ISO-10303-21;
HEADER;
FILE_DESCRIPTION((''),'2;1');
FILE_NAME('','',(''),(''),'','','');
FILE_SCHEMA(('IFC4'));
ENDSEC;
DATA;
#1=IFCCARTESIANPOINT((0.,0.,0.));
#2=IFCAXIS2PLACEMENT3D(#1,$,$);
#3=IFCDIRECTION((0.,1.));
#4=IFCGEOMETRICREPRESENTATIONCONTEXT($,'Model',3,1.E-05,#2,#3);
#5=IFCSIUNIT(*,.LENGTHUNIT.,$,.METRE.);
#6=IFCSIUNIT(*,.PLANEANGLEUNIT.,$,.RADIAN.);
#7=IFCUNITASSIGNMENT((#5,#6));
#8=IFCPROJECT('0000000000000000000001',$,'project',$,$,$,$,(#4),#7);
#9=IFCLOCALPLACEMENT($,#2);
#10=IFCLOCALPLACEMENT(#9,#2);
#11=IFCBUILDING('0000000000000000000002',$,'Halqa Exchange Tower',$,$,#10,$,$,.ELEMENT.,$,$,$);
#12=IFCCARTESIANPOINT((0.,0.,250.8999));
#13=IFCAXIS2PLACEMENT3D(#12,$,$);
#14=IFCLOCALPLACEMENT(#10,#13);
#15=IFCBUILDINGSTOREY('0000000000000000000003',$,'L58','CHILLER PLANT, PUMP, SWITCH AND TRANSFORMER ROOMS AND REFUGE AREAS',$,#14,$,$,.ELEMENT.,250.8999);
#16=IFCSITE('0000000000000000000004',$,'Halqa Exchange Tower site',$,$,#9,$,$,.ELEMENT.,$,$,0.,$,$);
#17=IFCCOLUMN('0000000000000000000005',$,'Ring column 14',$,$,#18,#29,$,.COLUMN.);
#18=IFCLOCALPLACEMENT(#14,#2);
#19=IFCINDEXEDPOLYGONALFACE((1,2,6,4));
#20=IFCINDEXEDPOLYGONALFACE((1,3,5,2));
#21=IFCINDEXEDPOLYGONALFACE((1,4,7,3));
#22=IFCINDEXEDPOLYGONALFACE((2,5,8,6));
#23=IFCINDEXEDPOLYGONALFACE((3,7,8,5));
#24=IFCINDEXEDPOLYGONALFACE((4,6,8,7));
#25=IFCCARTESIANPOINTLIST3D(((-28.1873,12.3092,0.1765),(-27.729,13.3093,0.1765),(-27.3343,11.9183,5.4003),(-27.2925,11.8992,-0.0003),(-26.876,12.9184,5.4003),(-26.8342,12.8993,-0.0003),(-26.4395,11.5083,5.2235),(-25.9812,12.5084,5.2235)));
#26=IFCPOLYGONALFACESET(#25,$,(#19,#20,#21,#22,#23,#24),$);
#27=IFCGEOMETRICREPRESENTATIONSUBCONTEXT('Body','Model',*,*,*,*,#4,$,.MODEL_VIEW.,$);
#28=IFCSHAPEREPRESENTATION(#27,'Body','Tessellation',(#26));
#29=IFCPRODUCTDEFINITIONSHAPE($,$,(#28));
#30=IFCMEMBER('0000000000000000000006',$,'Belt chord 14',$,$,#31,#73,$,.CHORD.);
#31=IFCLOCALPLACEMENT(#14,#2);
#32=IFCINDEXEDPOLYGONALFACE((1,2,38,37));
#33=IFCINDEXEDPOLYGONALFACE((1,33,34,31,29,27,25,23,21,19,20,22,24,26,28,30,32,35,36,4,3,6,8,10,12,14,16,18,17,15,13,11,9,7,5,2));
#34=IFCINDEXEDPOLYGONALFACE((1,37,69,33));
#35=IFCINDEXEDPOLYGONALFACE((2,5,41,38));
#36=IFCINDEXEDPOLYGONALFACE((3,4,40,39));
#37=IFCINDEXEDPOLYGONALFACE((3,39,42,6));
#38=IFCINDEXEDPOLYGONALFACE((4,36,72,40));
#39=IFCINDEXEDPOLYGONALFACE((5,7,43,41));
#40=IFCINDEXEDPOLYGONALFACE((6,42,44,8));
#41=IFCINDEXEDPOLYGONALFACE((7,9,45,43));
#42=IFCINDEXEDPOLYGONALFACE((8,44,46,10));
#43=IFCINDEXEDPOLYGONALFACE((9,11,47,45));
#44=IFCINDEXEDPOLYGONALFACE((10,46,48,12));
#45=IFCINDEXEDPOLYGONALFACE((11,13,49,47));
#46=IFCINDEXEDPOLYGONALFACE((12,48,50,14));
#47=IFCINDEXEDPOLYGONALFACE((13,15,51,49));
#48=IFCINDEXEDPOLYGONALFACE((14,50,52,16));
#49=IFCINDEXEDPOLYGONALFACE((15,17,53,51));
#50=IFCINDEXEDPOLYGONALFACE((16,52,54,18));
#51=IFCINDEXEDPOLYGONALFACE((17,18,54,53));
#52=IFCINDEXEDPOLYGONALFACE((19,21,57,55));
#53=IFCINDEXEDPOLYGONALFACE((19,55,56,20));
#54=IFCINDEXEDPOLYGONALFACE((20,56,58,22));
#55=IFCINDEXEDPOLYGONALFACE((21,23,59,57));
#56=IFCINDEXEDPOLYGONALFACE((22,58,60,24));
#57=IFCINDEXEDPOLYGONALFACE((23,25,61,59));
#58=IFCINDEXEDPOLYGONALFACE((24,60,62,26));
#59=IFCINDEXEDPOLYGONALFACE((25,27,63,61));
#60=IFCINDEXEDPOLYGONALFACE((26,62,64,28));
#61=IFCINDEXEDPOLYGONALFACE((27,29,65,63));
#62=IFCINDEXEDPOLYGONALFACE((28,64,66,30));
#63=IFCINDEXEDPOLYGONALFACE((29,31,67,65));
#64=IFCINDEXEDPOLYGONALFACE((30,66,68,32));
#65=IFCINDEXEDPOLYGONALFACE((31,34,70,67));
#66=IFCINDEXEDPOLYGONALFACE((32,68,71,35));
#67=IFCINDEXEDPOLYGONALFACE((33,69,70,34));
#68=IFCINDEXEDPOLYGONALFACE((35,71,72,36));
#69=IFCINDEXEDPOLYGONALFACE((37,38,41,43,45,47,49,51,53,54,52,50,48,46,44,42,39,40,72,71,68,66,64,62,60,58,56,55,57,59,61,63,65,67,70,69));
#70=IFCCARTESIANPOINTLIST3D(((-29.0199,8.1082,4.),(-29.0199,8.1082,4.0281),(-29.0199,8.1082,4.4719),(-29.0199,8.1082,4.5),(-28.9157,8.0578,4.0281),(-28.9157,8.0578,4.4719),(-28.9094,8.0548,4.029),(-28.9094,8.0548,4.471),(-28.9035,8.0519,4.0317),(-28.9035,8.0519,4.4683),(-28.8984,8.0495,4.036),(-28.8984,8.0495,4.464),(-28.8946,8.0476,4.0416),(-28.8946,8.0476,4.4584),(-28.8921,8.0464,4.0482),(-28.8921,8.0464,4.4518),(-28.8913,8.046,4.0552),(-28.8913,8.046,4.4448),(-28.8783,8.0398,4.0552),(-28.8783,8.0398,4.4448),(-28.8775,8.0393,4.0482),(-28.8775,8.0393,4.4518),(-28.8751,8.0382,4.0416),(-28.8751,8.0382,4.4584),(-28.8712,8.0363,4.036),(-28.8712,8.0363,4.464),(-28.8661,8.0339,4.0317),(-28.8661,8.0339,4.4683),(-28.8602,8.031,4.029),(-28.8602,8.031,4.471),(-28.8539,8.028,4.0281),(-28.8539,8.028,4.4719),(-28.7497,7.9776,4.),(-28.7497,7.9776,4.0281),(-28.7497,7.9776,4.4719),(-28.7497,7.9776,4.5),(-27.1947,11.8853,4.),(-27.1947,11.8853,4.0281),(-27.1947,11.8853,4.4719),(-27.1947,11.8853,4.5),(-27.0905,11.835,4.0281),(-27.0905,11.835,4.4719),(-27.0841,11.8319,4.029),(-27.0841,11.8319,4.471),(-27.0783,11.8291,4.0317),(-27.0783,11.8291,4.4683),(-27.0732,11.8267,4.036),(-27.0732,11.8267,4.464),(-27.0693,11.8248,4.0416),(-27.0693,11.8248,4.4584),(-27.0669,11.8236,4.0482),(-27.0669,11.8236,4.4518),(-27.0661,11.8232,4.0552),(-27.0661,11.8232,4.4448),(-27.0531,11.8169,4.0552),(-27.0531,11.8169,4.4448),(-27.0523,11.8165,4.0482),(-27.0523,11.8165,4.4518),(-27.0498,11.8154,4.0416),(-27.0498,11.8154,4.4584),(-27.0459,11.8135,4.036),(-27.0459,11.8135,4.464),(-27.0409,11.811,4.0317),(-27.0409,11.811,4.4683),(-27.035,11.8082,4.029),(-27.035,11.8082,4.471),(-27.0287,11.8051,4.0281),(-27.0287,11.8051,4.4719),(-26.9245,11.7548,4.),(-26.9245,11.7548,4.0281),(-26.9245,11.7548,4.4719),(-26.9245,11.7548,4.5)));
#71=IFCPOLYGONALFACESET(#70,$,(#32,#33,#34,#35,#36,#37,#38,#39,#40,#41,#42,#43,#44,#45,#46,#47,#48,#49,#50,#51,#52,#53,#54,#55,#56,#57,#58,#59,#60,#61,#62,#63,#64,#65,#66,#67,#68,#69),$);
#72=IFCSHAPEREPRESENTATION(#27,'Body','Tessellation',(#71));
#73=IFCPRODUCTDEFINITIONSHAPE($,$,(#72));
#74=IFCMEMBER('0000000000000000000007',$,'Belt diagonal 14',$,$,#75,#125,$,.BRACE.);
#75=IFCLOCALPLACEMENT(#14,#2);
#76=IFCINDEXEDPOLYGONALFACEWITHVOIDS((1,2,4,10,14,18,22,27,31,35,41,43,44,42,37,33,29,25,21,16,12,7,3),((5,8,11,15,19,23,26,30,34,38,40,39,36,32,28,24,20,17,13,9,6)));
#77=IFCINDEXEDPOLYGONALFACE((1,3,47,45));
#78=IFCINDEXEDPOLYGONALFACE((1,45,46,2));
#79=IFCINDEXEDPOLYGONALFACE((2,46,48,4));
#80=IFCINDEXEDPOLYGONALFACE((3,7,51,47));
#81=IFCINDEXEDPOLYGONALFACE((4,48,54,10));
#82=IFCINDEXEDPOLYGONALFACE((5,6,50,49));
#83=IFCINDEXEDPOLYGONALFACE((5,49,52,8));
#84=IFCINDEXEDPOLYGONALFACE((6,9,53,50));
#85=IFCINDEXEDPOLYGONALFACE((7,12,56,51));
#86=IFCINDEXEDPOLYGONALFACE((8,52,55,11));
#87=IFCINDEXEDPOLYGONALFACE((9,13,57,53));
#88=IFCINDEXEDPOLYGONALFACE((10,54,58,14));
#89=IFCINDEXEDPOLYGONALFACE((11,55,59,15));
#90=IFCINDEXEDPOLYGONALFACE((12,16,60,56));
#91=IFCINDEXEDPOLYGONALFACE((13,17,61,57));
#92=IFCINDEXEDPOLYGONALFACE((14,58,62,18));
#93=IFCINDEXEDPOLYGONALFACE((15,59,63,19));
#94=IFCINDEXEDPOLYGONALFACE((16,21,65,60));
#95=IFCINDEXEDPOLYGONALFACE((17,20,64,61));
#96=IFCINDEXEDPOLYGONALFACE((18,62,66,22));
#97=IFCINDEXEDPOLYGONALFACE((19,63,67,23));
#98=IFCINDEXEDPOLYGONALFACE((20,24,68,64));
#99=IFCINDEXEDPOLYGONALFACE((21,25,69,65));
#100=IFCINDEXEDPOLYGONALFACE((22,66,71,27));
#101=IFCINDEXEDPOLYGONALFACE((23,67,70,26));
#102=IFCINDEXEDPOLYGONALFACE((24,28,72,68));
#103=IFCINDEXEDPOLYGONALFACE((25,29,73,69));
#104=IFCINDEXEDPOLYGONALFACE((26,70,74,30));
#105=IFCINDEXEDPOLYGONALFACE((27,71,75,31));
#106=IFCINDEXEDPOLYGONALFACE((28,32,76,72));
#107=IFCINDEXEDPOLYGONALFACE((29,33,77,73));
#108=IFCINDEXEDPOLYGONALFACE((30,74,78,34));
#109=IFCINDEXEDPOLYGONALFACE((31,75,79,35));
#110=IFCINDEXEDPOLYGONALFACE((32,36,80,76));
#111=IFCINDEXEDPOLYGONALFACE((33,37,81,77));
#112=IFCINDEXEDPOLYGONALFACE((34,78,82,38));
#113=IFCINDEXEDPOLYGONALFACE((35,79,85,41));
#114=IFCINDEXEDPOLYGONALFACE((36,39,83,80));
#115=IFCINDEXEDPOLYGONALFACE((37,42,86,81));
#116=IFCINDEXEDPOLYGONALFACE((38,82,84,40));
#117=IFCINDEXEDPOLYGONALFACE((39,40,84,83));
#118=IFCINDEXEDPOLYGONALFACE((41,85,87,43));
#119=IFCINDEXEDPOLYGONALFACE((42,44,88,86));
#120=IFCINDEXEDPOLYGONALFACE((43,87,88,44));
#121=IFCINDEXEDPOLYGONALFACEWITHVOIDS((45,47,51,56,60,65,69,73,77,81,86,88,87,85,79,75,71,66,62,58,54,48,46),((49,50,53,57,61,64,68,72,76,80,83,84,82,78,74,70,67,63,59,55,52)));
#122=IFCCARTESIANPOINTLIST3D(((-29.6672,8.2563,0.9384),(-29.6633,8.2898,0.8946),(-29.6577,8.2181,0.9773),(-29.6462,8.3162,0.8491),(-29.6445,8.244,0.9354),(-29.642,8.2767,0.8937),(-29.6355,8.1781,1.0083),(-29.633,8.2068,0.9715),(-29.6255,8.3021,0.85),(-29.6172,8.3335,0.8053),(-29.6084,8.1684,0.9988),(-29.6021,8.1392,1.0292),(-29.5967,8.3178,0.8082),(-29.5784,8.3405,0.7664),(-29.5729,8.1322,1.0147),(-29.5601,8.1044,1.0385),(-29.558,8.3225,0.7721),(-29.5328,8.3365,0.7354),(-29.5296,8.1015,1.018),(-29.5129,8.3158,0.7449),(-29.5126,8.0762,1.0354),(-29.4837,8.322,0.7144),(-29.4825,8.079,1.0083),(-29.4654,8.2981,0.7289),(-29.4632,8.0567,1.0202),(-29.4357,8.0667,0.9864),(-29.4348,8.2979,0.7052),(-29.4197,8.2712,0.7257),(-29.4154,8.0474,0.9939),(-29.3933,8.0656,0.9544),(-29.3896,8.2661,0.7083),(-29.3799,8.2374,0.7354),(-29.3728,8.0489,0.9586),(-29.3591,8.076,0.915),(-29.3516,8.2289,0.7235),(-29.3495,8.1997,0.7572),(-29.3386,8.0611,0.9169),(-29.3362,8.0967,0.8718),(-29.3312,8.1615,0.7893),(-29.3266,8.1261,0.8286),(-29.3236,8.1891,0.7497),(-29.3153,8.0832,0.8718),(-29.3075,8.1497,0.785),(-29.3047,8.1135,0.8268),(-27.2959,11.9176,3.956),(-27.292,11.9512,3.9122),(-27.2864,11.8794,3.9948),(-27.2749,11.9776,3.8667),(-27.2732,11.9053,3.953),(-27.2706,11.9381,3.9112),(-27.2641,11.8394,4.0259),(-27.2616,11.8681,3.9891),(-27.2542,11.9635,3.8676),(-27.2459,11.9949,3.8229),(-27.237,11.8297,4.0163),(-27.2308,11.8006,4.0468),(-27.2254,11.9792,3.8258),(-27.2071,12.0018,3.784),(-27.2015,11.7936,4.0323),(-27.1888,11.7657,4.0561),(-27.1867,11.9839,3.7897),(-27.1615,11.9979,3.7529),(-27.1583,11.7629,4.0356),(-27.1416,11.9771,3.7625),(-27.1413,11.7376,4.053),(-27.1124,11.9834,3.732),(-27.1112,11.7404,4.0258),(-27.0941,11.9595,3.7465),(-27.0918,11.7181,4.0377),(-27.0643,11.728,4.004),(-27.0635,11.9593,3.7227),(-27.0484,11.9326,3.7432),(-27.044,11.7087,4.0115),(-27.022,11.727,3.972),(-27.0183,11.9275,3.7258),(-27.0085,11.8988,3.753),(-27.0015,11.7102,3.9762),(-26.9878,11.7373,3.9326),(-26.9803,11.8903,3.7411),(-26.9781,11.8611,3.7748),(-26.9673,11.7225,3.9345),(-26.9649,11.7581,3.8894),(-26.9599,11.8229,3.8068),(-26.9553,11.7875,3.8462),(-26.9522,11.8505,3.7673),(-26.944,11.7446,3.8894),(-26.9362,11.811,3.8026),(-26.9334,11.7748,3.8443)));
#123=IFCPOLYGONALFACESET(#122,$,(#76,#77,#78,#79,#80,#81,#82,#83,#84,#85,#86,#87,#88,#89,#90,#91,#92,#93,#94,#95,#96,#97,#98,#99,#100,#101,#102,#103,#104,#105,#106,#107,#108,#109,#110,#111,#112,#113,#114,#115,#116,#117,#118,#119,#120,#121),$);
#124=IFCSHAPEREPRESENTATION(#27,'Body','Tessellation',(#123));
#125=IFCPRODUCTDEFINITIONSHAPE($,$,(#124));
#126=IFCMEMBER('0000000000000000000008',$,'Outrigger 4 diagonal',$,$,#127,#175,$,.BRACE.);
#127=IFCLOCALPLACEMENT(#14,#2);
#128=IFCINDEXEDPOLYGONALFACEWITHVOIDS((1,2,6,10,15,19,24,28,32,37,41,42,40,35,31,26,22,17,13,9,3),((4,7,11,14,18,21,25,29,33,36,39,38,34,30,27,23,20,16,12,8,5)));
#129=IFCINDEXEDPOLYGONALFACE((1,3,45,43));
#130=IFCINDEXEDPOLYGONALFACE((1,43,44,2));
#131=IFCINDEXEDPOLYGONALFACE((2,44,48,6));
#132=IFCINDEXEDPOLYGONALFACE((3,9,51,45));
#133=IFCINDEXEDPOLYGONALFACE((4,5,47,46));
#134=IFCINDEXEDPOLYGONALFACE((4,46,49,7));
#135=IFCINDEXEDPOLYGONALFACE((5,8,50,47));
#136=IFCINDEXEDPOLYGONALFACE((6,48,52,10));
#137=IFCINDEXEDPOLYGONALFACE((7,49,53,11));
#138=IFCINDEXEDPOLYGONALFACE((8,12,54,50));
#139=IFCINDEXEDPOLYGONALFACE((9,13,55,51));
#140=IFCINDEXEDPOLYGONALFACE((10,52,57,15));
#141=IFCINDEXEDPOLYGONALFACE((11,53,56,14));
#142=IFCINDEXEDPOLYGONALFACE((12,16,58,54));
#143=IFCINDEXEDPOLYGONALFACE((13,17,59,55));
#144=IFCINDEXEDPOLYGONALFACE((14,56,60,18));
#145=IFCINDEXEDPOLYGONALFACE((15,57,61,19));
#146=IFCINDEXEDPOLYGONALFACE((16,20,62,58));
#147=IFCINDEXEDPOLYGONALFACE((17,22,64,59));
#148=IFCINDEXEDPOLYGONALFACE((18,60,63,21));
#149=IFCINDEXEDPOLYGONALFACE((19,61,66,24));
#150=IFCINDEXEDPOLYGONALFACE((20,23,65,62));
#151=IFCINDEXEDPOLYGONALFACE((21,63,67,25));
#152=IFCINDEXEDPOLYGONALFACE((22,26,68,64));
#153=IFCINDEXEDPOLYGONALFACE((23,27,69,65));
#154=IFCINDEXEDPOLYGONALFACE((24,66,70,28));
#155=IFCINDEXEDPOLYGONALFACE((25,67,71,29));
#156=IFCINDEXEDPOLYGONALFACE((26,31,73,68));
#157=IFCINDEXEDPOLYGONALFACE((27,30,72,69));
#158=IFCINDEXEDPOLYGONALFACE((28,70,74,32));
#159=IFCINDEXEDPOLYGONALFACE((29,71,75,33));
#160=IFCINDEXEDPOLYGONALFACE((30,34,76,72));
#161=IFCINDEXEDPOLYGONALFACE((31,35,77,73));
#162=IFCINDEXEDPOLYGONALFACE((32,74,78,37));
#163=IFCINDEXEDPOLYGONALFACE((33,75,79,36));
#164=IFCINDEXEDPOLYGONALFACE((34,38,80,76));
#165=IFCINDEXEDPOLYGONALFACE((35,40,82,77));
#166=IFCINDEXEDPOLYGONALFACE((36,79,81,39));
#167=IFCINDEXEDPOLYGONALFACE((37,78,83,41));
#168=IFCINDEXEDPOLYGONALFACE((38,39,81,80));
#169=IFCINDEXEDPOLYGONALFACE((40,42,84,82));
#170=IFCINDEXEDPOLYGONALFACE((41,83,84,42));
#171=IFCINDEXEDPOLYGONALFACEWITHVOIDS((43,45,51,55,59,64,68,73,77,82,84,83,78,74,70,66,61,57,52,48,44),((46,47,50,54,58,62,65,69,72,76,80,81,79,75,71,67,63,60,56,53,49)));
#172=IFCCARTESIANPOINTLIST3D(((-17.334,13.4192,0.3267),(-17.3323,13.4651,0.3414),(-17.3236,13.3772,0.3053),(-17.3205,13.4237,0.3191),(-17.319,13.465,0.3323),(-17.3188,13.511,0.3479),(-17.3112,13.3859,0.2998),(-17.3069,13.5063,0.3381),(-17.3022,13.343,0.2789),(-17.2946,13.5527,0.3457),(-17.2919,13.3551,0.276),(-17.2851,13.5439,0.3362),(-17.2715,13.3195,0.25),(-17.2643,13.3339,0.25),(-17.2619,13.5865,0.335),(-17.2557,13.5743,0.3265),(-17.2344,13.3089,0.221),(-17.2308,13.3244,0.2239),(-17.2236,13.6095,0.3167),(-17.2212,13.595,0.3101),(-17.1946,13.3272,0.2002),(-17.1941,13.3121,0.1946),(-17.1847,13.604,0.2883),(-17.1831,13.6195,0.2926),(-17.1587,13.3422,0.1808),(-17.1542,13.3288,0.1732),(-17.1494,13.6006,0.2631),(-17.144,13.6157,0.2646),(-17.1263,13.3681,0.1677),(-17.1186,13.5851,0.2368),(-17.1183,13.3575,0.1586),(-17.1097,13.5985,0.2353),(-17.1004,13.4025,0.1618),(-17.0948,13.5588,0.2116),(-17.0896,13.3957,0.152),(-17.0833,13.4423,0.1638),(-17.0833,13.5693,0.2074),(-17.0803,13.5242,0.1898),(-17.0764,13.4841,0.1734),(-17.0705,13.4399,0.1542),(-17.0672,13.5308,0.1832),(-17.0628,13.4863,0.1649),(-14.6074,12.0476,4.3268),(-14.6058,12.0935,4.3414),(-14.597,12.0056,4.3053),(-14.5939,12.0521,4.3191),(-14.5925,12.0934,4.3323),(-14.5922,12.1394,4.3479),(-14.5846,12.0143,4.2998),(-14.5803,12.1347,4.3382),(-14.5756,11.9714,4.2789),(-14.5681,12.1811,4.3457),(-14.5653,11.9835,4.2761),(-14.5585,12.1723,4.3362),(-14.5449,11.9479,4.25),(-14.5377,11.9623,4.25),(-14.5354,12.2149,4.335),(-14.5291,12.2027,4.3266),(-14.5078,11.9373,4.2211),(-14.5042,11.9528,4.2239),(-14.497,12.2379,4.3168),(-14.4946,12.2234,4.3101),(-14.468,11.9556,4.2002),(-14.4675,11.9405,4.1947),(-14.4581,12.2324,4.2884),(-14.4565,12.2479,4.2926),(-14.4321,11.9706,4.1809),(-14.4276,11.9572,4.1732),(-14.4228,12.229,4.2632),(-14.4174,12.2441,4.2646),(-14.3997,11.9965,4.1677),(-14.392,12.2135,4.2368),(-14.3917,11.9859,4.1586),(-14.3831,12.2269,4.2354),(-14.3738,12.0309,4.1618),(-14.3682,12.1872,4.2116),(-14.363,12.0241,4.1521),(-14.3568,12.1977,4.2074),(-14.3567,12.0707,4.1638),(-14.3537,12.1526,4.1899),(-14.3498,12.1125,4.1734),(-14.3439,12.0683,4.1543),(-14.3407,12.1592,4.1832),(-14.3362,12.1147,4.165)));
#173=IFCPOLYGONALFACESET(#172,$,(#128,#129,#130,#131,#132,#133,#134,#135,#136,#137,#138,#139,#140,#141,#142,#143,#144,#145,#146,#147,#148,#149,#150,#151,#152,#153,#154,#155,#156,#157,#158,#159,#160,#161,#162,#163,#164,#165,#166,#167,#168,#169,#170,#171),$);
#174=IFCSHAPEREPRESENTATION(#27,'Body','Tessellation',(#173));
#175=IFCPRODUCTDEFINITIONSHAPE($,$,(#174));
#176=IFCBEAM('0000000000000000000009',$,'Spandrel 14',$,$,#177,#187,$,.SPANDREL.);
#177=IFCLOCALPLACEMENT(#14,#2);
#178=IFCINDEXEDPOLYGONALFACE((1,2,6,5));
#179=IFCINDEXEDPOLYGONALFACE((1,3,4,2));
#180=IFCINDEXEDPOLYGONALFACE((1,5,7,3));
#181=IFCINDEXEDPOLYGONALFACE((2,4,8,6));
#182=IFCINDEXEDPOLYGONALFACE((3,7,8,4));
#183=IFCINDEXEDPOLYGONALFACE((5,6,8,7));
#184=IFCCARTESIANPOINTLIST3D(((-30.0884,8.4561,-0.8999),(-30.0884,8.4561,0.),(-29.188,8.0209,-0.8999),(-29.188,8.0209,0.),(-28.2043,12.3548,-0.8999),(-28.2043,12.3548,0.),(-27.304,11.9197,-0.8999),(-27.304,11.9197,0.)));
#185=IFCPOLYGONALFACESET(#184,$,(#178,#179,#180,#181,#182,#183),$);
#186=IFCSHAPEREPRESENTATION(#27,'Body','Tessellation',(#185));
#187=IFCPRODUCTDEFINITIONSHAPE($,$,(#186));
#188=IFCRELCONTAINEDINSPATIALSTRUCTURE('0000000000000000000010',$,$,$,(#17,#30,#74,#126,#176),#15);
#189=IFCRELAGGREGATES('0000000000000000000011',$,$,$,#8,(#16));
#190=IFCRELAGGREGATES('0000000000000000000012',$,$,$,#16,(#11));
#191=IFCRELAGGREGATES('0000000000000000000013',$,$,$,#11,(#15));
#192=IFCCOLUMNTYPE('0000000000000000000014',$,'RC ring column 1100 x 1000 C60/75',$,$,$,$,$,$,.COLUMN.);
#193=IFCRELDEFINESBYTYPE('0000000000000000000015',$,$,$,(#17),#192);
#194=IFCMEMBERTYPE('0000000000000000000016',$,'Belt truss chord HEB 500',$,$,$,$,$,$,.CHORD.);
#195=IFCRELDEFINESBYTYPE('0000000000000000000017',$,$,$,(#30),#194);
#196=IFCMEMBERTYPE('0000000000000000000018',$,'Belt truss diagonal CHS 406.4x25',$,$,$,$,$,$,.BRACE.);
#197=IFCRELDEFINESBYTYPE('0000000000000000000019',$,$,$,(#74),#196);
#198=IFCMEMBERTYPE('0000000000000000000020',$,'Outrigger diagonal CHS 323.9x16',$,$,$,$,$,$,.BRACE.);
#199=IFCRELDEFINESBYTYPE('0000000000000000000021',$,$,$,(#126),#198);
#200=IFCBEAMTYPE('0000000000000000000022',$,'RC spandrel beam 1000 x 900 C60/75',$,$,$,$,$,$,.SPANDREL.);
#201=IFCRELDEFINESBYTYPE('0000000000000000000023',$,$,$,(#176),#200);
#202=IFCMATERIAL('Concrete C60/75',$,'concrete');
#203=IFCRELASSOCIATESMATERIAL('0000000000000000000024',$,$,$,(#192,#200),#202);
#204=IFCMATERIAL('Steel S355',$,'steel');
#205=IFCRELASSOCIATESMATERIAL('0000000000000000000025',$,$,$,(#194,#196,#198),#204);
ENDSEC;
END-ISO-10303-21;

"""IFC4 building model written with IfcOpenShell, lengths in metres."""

from ifc_helpers import new_model, si_unit, direction, frame, origin, origin_2d, place, context, subcontext, project, spatial, rectangle, hollow_circle, i_section, extrude, material, material_profile, profile_set, type_object, element, save


model = new_model("IFC4")

# Units and contexts
model_context = context("Model", 3, precision=1e-05, world=origin(), true_north=direction((0.0, 1.0)))
body_context = subcontext(model_context, "Body", "Model", "MODEL_VIEW")
ifc_project = project(units=[si_unit("LENGTHUNIT", "METRE"), si_unit("PLANEANGLEUNIT", "RADIAN")], contexts=[model_context])

# Site, building, storey
site_placement = place(None, origin())
site = spatial("IfcSite", under=ifc_project, at=site_placement, Name="Halqa Exchange Tower site", CompositionType="ELEMENT", RefElevation=0.0)
building_placement = place(site_placement, origin())
building = spatial("IfcBuilding", under=site, at=building_placement, Name="Halqa Exchange Tower", CompositionType="ELEMENT")
storey_placement = place(building_placement, frame((0.0, 0.0, 250.8999)))
storey = spatial("IfcBuildingStorey", under=building, at=storey_placement, Name="L58", Description="CHILLER PLANT, PUMP, SWITCH AND TRANSFORMER ROOMS AND REFUGE AREAS", CompositionType="ELEMENT", Elevation=250.8999)

# Column
ifc_material_1 = material(Name="Concrete C60/75", Category="concrete")
ifc_material_profile_1 = material_profile(ifc_material_1, rectangle(XDim=1.1001, YDim=1.0, at=origin_2d()), Name="1100 x 1000")
ifc_profile_set_1 = profile_set([ifc_material_profile_1], Name="Concrete C60/75")
column_type = type_object("IfcColumnType", Name="RC ring column 1100 x 1000 C60/75", PredefinedType="COLUMN", material=ifc_profile_set_1)
column_placement = place(storey_placement, frame((-27.5107, 12.6042, 0.0881), z_axis=(0.160722, -0.073645, 0.984248), x_axis=(0.416565, 0.909106, 0.0)))
element("IfcColumn", 1, at=column_placement, inside=storey, type_object=column_type, Name="Ring column 14", PredefinedType="COLUMN", context=body_context, shape_type="SweptSolid", body=[
    extrude(rectangle(XDim=1.1001, YDim=1.0, at=origin_2d()), origin(), (0.0, 0.0, 1.0), 5.3074),
])

# Members
ifc_material_2 = material(Name="Steel S355", Category="steel")
ifc_material_profile_2 = material_profile(ifc_material_2, i_section(OverallWidth=0.3, OverallDepth=0.5, WebThickness=0.0144, FlangeThickness=0.0281, FilletRadius=0.0271, at=origin_2d()), Name="HEB 500")
ifc_profile_set_2 = profile_set([ifc_material_profile_2], Name="Steel S355")
member_type_1 = type_object("IfcMemberType", Name="Belt truss chord HEB 500", PredefinedType="CHORD", material=ifc_profile_set_2)
member_1_placement = place(storey_placement, frame((-27.0596, 11.8201, 4.25), z_axis=(-0.435091, -0.900387, 0.0), x_axis=(0.900387, -0.435091, 0.0)))
element("IfcMember", 2, at=member_1_placement, inside=storey, type_object=member_type_1, Name="Belt chord 14", PredefinedType="CHORD", context=body_context, shape_type="SweptSolid", body=[
    extrude(i_section(OverallWidth=0.3, OverallDepth=0.5, WebThickness=0.0144, FlangeThickness=0.0281, FilletRadius=0.0271, at=origin_2d()), origin(), (0.0, 0.0, 1.0), 4.1951),
])
ifc_material_profile_3 = material_profile(ifc_material_2, hollow_circle(Radius=0.2031, WallThickness=0.0249, at=origin_2d()), Name="CHS 406.4x25")
ifc_profile_set_3 = profile_set([ifc_material_profile_3], Name="Steel S355")
member_type_2 = type_object("IfcMemberType", Name="Belt truss diagonal CHS 406.4x25", PredefinedType="BRACE", material=ifc_profile_set_3)
member_2_placement = place(storey_placement, frame((-27.1145, 11.855, 3.8894), z_axis=(-0.447067, -0.690277, -0.568902), x_axis=(0.839339, -0.543609, 0.0)))
element("IfcMember", 3, at=member_2_placement, inside=storey, type_object=member_type_2, Name="Belt diagonal 14", PredefinedType="BRACE", context=body_context, shape_type="SweptSolid", body=[
    extrude(hollow_circle(Radius=0.2031, WallThickness=0.0249, at=origin_2d()), origin(), (0.0, 0.0, 1.0), 5.3042),
])
ifc_material_profile_4 = material_profile(ifc_material_2, hollow_circle(Radius=0.1619, WallThickness=0.0161, at=origin_2d()), Name="CHS 323.9x16")
ifc_profile_set_4 = profile_set([ifc_material_profile_4], Name="Steel S355")
member_type_3 = type_object("IfcMemberType", Name="Outrigger diagonal CHS 323.9x16", PredefinedType="BRACE", material=ifc_profile_set_4)
member_3_placement = place(storey_placement, frame((-14.4722, 12.0925, 4.25), z_axis=(-0.541905, 0.272602, -0.795001), x_axis=(-0.449388, -0.893337, 0.0)))
element("IfcMember", 4, at=member_3_placement, inside=storey, type_object=member_type_3, Name="Outrigger 4 diagonal", PredefinedType="BRACE", context=body_context, shape_type="SweptSolid", body=[
    extrude(hollow_circle(Radius=0.1619, WallThickness=0.0161, at=origin_2d()), origin(), (0.0, 0.0, 1.0), 5.0315),
])

# Beam
ifc_material_profile_5 = material_profile(ifc_material_1, rectangle(XDim=1.0, YDim=0.8999, at=origin_2d()), Name="1000 x 900")
ifc_profile_set_5 = profile_set([ifc_material_profile_5], Name="Concrete C60/75")
beam_type = type_object("IfcBeamType", Name="RC spandrel beam 1000 x 900 C60/75", PredefinedType="SPANDREL", material=ifc_profile_set_5)
beam_placement = place(storey_placement, frame((-27.7542, 12.1372, -0.45), z_axis=(-0.435107, -0.900379, 0.0), x_axis=(0.900379, -0.435107, 0.0)))
element("IfcBeam", 5, at=beam_placement, inside=storey, type_object=beam_type, Name="Spandrel 14", PredefinedType="SPANDREL", context=body_context, shape_type="SweptSolid", body=[
    extrude(rectangle(XDim=1.0, YDim=0.8999, at=origin_2d()), origin(), (0.0, 0.0, 1.0), 4.3301),
])

save(model, "model.ifc")
